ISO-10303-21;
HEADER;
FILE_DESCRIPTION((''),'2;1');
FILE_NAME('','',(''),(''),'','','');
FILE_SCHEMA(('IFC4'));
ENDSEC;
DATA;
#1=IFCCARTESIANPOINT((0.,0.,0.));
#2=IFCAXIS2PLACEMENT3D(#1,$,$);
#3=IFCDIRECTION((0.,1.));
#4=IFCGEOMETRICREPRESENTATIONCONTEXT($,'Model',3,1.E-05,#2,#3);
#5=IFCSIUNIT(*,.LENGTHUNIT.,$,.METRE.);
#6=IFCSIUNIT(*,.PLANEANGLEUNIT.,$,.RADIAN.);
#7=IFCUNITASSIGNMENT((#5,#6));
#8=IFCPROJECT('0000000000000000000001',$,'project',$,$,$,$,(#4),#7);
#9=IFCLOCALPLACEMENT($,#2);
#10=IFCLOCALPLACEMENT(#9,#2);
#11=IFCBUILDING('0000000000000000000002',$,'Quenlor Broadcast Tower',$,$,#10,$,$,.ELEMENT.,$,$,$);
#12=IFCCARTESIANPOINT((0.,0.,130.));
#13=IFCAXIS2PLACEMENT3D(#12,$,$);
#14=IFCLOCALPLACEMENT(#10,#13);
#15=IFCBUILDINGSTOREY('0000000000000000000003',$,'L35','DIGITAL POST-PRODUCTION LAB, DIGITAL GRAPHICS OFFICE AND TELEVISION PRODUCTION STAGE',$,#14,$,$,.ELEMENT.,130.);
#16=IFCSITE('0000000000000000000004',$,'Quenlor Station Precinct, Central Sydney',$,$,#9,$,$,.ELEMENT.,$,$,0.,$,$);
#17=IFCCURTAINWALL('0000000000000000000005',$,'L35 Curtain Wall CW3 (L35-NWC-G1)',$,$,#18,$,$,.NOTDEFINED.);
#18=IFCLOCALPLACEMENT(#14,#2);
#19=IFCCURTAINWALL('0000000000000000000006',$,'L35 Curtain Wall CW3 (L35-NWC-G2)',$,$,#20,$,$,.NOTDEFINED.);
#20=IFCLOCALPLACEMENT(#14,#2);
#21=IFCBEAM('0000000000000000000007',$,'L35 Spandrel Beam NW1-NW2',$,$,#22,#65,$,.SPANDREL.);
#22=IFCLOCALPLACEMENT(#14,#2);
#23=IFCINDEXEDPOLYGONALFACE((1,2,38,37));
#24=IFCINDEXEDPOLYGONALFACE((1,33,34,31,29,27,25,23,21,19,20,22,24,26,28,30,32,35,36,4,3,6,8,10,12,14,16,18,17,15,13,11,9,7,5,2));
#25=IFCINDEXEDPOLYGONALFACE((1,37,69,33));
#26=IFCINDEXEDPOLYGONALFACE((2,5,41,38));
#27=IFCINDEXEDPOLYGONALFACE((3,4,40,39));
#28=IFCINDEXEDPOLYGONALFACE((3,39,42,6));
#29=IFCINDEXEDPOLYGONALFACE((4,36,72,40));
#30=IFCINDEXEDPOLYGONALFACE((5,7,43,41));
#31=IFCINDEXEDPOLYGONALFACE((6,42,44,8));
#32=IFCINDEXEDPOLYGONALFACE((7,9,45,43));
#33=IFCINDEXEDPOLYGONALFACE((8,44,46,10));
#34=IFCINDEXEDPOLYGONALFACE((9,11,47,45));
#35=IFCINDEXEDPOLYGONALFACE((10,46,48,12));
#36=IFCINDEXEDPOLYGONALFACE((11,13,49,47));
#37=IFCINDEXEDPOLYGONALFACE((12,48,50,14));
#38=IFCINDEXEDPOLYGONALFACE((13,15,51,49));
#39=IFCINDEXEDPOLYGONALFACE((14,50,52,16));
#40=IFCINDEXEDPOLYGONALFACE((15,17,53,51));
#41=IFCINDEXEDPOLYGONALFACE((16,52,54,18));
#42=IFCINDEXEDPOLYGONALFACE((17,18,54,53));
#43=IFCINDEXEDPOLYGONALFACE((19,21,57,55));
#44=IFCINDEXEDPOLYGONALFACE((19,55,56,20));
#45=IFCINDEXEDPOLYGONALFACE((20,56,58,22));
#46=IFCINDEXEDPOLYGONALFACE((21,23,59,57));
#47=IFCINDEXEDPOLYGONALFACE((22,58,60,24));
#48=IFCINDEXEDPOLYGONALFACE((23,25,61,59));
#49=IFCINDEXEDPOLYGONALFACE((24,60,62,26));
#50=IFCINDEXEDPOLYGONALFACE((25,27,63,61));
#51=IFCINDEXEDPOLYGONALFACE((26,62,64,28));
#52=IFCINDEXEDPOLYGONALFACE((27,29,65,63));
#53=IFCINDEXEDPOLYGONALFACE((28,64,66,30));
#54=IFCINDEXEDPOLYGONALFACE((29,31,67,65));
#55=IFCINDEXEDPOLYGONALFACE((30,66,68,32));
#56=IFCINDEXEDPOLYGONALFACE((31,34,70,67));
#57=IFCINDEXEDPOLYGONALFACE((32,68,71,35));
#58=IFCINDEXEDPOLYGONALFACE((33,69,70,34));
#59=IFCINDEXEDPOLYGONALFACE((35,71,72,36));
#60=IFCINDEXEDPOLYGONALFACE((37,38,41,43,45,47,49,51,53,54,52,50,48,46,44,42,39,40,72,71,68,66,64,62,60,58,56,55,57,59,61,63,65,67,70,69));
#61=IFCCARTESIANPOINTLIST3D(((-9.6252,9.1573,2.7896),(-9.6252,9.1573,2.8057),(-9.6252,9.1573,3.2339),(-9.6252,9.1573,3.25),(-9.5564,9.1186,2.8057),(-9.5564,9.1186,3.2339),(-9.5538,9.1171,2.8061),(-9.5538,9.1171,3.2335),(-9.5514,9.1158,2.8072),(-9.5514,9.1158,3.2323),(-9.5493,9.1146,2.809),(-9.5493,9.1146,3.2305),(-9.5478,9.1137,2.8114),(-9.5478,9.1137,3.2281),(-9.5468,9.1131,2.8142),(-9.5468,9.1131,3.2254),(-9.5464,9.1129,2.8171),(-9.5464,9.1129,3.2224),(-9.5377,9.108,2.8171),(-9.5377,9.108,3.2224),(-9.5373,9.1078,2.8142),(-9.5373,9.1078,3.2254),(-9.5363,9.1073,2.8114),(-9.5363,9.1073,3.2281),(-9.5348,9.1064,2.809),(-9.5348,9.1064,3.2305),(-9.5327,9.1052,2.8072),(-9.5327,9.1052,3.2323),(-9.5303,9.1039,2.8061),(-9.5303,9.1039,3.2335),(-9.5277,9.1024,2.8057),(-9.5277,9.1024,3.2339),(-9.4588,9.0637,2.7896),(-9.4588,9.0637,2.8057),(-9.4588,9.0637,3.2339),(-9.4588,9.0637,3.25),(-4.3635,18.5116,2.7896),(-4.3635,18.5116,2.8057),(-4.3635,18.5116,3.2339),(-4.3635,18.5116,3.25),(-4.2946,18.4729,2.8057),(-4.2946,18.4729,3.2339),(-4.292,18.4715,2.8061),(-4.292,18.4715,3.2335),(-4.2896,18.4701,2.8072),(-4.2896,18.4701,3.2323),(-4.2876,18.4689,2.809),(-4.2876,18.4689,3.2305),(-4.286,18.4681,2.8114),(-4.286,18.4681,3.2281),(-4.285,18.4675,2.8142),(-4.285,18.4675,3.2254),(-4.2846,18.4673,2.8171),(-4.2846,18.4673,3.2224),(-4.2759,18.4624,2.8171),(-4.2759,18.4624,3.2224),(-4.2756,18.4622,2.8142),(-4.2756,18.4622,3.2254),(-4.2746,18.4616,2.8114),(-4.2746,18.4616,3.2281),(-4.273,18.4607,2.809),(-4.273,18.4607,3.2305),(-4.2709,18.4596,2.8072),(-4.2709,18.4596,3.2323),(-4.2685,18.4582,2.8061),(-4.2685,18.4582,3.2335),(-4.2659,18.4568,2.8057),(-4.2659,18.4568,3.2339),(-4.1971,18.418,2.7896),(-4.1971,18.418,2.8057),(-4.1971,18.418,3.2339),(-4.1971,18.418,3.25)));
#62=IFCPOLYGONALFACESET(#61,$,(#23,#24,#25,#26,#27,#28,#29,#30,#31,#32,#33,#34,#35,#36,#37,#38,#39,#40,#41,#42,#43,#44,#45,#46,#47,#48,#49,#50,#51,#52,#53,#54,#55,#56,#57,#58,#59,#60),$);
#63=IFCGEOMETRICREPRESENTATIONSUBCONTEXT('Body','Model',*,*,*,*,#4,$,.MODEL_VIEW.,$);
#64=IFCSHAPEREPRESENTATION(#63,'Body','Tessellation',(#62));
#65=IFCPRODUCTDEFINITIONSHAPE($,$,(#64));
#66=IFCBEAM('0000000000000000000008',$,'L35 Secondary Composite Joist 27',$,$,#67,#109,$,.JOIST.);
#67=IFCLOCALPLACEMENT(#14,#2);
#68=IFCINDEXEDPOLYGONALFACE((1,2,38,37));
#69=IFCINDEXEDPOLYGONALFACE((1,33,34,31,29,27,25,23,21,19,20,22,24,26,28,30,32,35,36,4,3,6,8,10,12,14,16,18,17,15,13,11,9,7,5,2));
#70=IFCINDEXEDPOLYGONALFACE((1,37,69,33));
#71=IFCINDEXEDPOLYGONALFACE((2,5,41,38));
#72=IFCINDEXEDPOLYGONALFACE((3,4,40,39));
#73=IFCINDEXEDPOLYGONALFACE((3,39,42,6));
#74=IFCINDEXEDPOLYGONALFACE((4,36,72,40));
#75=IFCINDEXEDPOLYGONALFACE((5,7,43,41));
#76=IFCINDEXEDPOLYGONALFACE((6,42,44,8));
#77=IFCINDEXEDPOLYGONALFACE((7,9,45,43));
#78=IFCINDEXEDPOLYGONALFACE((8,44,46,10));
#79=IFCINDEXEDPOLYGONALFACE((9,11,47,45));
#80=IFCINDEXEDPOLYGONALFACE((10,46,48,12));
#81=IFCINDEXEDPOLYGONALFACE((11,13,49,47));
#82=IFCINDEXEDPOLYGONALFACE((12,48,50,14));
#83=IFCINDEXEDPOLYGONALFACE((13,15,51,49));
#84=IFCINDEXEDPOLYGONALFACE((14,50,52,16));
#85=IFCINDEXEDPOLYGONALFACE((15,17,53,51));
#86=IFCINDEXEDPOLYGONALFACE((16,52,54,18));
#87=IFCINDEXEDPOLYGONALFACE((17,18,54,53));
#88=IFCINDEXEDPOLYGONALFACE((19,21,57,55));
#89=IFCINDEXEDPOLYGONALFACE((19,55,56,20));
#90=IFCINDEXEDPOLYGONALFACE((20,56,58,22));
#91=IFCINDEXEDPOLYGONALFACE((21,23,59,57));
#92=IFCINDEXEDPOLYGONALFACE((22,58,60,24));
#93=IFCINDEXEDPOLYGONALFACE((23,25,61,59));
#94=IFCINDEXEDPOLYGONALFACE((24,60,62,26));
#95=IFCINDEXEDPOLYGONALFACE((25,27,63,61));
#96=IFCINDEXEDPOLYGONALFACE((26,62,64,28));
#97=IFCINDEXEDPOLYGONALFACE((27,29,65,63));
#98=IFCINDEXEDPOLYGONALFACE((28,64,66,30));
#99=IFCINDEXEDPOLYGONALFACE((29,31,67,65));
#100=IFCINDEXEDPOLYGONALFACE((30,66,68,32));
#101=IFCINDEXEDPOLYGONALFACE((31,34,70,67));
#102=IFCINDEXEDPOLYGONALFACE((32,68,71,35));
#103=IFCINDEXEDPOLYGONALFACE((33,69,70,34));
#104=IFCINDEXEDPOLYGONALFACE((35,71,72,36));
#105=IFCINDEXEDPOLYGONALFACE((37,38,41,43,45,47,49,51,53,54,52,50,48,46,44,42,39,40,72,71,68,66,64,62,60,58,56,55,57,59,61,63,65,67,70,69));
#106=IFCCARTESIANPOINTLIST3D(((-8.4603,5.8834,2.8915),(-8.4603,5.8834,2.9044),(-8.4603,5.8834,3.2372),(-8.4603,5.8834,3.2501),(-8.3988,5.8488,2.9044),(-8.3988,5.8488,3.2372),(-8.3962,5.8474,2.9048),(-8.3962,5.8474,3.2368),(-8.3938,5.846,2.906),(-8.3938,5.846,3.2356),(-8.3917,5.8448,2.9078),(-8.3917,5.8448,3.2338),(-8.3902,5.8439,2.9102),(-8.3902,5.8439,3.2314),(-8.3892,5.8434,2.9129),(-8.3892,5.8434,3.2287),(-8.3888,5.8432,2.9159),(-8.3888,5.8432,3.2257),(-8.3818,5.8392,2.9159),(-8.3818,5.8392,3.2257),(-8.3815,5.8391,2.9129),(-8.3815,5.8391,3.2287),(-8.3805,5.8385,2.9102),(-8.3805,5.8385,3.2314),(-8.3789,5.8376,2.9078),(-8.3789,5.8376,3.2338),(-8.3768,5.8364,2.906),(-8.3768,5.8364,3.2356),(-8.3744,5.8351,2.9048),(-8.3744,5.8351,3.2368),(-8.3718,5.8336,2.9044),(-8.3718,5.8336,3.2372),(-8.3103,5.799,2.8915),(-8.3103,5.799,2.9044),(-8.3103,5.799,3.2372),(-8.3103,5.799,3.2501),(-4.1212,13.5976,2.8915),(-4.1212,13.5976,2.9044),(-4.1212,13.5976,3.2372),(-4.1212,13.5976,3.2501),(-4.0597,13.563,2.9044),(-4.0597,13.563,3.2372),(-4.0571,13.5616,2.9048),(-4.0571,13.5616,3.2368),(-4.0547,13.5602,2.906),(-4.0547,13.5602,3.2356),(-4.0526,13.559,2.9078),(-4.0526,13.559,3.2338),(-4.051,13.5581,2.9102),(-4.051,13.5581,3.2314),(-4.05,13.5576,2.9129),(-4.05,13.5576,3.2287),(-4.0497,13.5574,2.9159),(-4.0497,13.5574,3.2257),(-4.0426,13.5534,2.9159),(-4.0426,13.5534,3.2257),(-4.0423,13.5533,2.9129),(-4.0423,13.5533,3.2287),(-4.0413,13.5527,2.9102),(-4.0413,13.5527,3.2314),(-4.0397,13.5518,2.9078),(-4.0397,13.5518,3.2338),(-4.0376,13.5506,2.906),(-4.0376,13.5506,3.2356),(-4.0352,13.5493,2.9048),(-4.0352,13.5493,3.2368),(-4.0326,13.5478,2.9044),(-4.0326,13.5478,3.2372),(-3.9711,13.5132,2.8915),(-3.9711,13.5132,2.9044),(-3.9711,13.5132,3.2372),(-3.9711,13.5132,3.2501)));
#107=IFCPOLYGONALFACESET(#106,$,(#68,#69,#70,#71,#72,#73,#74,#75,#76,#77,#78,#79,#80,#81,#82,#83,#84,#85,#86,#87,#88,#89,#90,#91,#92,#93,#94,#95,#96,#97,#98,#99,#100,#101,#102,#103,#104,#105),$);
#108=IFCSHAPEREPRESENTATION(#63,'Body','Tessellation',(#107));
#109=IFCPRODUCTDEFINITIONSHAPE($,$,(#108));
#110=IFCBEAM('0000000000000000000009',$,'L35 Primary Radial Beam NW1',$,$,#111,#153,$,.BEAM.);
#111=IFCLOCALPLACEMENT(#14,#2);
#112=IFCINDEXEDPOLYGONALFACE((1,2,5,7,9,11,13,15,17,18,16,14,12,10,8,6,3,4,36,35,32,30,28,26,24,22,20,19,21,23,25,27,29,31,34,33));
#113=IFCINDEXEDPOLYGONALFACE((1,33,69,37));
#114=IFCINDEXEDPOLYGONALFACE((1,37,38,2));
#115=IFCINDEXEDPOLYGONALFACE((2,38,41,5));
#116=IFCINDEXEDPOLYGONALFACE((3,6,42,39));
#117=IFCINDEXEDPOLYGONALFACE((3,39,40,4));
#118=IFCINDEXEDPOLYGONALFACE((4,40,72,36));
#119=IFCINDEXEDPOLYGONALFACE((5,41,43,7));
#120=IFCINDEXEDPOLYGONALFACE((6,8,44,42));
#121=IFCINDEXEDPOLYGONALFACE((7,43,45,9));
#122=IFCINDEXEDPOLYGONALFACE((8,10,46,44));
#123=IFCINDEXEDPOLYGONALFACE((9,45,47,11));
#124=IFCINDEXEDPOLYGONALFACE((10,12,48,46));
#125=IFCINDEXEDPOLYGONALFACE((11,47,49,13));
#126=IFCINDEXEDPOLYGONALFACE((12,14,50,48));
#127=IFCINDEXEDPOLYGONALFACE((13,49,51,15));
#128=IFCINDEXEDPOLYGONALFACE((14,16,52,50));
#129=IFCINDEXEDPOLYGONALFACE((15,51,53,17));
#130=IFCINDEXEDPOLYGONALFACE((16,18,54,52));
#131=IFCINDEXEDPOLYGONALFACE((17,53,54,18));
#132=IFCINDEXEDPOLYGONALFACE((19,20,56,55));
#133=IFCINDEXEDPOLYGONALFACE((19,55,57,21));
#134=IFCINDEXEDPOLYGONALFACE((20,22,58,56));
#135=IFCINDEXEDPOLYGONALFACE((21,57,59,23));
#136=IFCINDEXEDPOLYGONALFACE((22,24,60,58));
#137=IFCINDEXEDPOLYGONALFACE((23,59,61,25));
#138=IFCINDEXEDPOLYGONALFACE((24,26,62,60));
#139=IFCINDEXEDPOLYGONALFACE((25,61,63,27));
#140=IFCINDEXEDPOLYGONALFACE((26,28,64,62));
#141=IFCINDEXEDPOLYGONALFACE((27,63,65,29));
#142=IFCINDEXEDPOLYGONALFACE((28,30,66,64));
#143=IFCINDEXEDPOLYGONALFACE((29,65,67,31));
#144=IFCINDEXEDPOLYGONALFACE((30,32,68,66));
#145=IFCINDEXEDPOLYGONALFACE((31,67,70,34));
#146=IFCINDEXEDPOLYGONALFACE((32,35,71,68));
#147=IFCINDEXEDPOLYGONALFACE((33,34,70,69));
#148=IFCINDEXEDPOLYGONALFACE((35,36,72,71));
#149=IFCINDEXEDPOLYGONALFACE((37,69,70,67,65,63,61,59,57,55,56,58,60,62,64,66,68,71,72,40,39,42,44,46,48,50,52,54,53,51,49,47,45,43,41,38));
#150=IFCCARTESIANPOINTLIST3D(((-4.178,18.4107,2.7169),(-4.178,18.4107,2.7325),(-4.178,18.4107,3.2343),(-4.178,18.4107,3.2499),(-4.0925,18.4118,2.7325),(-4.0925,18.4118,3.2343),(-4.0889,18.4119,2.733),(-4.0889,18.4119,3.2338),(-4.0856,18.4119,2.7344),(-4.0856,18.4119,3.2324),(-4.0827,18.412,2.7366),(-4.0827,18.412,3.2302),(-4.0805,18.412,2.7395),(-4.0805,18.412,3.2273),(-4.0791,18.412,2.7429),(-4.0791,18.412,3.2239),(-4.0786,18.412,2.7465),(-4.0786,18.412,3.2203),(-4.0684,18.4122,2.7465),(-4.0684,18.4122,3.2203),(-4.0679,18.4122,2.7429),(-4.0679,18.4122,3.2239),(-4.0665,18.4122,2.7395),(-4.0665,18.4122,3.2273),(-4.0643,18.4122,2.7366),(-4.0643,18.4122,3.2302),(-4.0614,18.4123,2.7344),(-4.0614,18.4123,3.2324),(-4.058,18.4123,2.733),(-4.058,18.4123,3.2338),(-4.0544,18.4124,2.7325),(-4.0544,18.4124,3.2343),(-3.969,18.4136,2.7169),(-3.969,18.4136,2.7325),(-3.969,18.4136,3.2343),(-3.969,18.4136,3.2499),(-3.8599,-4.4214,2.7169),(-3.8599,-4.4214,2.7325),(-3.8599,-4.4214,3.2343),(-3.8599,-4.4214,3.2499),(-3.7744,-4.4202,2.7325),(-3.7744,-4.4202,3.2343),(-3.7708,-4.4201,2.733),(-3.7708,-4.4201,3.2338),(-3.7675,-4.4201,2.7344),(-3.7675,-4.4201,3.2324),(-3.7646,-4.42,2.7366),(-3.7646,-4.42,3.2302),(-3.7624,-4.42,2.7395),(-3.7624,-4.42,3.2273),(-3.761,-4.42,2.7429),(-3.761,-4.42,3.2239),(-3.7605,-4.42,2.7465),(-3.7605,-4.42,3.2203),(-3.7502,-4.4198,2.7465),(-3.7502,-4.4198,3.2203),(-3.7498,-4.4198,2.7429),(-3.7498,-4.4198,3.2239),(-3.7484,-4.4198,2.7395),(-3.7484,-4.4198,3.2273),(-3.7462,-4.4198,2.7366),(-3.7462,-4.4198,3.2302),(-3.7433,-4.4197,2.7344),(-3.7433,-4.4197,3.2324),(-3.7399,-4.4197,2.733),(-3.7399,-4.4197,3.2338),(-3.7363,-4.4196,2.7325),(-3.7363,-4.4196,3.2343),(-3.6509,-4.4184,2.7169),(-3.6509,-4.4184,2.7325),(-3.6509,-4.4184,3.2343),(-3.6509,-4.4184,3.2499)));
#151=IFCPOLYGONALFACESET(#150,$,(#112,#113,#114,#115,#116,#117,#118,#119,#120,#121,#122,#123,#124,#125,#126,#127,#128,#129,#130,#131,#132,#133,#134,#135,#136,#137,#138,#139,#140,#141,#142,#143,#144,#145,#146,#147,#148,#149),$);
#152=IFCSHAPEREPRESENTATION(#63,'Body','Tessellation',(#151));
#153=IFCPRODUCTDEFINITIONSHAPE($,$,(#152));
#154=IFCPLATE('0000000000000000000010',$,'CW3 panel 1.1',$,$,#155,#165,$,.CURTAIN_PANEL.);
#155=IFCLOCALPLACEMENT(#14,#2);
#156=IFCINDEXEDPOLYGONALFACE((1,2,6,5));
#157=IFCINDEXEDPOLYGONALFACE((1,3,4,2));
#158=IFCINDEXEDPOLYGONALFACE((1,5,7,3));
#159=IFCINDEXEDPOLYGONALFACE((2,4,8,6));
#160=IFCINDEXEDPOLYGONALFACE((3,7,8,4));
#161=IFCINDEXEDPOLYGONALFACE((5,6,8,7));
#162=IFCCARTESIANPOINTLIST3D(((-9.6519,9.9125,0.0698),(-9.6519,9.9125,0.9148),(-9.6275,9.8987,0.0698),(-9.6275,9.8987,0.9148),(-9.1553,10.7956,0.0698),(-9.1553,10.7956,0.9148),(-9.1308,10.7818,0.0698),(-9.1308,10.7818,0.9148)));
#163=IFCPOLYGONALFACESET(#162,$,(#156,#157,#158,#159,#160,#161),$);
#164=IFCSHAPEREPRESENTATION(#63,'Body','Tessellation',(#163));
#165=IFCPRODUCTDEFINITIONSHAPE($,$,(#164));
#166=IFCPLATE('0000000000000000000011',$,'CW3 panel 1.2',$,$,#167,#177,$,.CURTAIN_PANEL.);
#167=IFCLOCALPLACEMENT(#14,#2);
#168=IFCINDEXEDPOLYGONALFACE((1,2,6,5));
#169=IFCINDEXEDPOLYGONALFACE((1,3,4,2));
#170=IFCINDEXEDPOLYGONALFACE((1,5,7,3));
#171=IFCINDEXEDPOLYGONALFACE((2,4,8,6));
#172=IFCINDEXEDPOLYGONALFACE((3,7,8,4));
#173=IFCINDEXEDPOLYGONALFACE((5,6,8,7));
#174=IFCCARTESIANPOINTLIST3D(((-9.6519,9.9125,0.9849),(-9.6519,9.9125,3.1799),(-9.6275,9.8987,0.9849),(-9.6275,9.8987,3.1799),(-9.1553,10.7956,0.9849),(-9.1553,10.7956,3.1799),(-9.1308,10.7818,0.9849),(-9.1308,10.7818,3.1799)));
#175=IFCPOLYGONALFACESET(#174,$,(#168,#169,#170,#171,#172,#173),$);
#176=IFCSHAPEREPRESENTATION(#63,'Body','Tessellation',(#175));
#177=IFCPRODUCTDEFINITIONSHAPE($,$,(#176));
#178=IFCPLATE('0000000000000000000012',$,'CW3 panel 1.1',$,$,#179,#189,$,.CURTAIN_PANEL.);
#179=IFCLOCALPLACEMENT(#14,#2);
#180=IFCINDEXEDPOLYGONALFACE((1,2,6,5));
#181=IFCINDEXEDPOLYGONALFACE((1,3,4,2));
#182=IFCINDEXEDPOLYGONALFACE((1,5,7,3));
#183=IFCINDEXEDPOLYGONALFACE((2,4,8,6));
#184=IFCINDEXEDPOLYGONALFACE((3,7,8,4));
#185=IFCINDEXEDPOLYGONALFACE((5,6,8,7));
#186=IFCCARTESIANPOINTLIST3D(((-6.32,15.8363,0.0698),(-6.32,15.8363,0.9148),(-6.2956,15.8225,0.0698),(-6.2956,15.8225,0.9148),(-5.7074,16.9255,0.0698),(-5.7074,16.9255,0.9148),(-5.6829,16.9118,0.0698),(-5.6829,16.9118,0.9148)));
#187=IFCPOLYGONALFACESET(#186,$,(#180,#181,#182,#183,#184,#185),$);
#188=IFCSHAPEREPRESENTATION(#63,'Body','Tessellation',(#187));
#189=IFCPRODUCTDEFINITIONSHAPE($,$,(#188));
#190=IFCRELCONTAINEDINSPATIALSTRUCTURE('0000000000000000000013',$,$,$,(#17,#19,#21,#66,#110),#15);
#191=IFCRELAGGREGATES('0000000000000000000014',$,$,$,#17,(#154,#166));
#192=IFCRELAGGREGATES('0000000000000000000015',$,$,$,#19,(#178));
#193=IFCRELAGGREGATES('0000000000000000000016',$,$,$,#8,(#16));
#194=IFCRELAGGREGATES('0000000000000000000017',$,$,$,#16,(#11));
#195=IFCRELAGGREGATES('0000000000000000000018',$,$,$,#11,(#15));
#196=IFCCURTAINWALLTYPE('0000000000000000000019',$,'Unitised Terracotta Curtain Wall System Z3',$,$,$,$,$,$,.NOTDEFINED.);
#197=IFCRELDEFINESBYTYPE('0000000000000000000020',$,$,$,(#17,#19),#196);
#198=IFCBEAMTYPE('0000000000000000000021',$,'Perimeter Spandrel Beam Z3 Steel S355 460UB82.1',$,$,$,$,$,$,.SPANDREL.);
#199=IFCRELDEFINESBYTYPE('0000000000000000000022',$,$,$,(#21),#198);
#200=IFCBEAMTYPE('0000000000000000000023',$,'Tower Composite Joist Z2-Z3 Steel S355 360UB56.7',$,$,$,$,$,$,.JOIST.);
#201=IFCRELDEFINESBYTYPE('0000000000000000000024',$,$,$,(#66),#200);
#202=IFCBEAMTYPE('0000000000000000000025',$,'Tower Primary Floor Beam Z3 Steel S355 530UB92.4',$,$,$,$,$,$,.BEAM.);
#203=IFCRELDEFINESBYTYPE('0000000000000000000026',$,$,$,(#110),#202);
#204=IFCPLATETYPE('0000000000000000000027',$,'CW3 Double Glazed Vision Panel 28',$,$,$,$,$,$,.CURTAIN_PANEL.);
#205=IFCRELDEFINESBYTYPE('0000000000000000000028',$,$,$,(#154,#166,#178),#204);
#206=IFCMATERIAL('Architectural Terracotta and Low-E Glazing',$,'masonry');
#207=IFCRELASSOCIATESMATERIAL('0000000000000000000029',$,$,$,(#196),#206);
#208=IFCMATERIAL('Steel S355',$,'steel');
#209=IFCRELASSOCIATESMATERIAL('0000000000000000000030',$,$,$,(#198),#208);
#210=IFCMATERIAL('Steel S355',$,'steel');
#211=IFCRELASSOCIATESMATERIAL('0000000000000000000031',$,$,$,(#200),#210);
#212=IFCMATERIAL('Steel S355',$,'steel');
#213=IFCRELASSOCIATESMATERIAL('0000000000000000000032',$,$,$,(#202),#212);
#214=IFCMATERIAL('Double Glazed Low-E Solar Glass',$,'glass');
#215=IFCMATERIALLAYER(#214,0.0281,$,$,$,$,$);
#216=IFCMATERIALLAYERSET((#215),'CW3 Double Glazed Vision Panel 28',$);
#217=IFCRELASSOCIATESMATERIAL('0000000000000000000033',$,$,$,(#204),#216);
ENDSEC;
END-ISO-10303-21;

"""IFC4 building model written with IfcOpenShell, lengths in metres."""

from ifc_helpers import new_model, si_unit, direction, frame, origin, origin_2d, place, context, subcontext, project, spatial, rectangle, i_section, extrude, material, layer, layer_set, material_profile, profile_set, type_object, element, aggregate, save


model = new_model("IFC4")

# Units and contexts
model_context = context("Model", 3, precision=1e-05, world=origin(), true_north=direction((0.0, 1.0)))
body_context = subcontext(model_context, "Body", "Model", "MODEL_VIEW")
ifc_project = project(units=[si_unit("LENGTHUNIT", "METRE"), si_unit("PLANEANGLEUNIT", "RADIAN")], contexts=[model_context])

# Site, building, storey
site_placement = place(None, origin())
site = spatial("IfcSite", under=ifc_project, at=site_placement, Name="Quenlor Station Precinct, Central Sydney", CompositionType="ELEMENT", RefElevation=0.0)
building_placement = place(site_placement, origin())
building = spatial("IfcBuilding", under=site, at=building_placement, Name="Quenlor Broadcast Tower", CompositionType="ELEMENT")
storey_placement = place(building_placement, frame((0.0, 0.0, 130.0)))
storey = spatial("IfcBuildingStorey", under=building, at=storey_placement, Name="L35", Description="DIGITAL POST-PRODUCTION LAB, DIGITAL GRAPHICS OFFICE AND TELEVISION PRODUCTION STAGE", CompositionType="ELEMENT", Elevation=130.0)

# Curtain wall
ifc_material_1 = material(Name="Architectural Terracotta and Low-E Glazing", Category="masonry")
curtain_wall_type = type_object("IfcCurtainWallType", Name="Unitised Terracotta Curtain Wall System Z3", PredefinedType="NOTDEFINED", material=ifc_material_1)
curtain_wall_1_placement = place(storey_placement, origin())
curtain_wall_1 = element("IfcCurtainWall", 1, at=curtain_wall_1_placement, inside=storey, type_object=curtain_wall_type, Name="L35 Curtain Wall CW3 (L35-NWC-G1)", PredefinedType="NOTDEFINED")

# Curtain wall
curtain_wall_2_placement = place(storey_placement, origin())
curtain_wall_2 = element("IfcCurtainWall", 2, at=curtain_wall_2_placement, inside=storey, type_object=curtain_wall_type, Name="L35 Curtain Wall CW3 (L35-NWC-G2)", PredefinedType="NOTDEFINED")

# Beams
ifc_material_2 = material(Name="Steel S355", Category="steel")
ifc_material_profile_1 = material_profile(ifc_material_2, i_section(OverallWidth=0.1909, OverallDepth=0.4604, WebThickness=0.01, FlangeThickness=0.0161, FilletRadius=0.0115, at=origin_2d()))
ifc_profile_set_1 = profile_set([ifc_material_profile_1], Name="Steel S355 460UB82.1")
beam_type_1 = type_object("IfcBeamType", Name="Perimeter Spandrel Beam Z3 Steel S355 460UB82.1", PredefinedType="SPANDREL", material=ifc_profile_set_1)
beam_1_placement = place(storey_placement, frame((-4.2803, 18.4648, 3.0198), z_axis=(-0.490258, -0.871577, 0.0), x_axis=(0.871577, -0.490258, 0.0)))
element("IfcBeam", 3, at=beam_1_placement, inside=storey, type_object=beam_type_1, Name="L35 Spandrel Beam NW1-NW2", PredefinedType="SPANDREL", context=body_context, shape_type="SweptSolid", body=[
    extrude(i_section(OverallWidth=0.1909, OverallDepth=0.4604, WebThickness=0.01, FlangeThickness=0.0161, FilletRadius=0.0115, at=origin_2d()), origin(), (0.0, 0.0, 1.0), 10.7327),
])
ifc_material_3 = material(Name="Steel S355", Category="steel")
ifc_material_profile_2 = material_profile(ifc_material_3, i_section(OverallWidth=0.1721, OverallDepth=0.3586, WebThickness=0.0081, FlangeThickness=0.0129, FilletRadius=0.0115, at=origin_2d()))
ifc_profile_set_2 = profile_set([ifc_material_profile_2], Name="Steel S355 360UB56.7")
beam_type_2 = type_object("IfcBeamType", Name="Tower Composite Joist Z2-Z3 Steel S355 360UB56.7", PredefinedType="JOIST", material=ifc_profile_set_2)
beam_2_placement = place(storey_placement, frame((-4.0461, 13.5554, 3.0708), z_axis=(-0.490255, -0.871579, 0.0), x_axis=(0.871579, -0.490255, 0.0)))
element("IfcBeam", 4, at=beam_2_placement, inside=storey, type_object=beam_type_2, Name="L35 Secondary Composite Joist 27", PredefinedType="JOIST", context=body_context, shape_type="SweptSolid", body=[
    extrude(i_section(OverallWidth=0.1721, OverallDepth=0.3586, WebThickness=0.0081, FlangeThickness=0.0129, FilletRadius=0.0115, at=origin_2d()), origin(), (0.0, 0.0, 1.0), 8.8508),
])
ifc_material_4 = material(Name="Steel S355", Category="steel")
ifc_material_profile_3 = material_profile(ifc_material_4, i_section(OverallWidth=0.209, OverallDepth=0.533, WebThickness=0.0103, FlangeThickness=0.0156, FilletRadius=0.0139, at=origin_2d()))
ifc_profile_set_3 = profile_set([ifc_material_profile_3], Name="Steel S355 530UB92.4")
beam_type_3 = type_object("IfcBeamType", Name="Tower Primary Floor Beam Z3 Steel S355 530UB92.4", PredefinedType="BEAM", material=ifc_profile_set_3)
beam_3_placement = place(storey_placement, frame((-4.0735, 18.4121, 2.9834), z_axis=(0.013931, -0.999903, 0.0), x_axis=(0.999903, 0.013931, 0.0)))
element("IfcBeam", 5, at=beam_3_placement, inside=storey, type_object=beam_type_3, Name="L35 Primary Radial Beam NW1", PredefinedType="BEAM", context=body_context, shape_type="SweptSolid", body=[
    extrude(i_section(OverallWidth=0.209, OverallDepth=0.533, WebThickness=0.0103, FlangeThickness=0.0156, FilletRadius=0.0139, at=origin_2d()), origin(), (0.0, 0.0, 1.0), 22.8342),
])

# Plates
ifc_material_5 = material(Name="Double Glazed Low-E Solar Glass", Category="glass")
ifc_layer_1 = layer(ifc_material_5, 0.0281)
ifc_layer_set_1 = layer_set([ifc_layer_1], Name="CW3 Double Glazed Vision Panel 28")
plate_type_1 = type_object("IfcPlateType", Name="CW3 Double Glazed Vision Panel 28", PredefinedType="CURTAIN_PANEL", material=ifc_layer_set_1)
plate_1_placement = place(storey_placement, frame((-9.3914, 10.3472, 0.0698), z_axis=(0.0, 0.0, 1.0), x_axis=(0.490216, 0.871601, 0.0)))
plate_1 = element("IfcPlate", 6, at=plate_1_placement, type_object=plate_type_1, Name="CW3 panel 1.1", PredefinedType="CURTAIN_PANEL", context=body_context, shape_type="SweptSolid", body=[
    extrude(rectangle(XDim=1.0132, YDim=0.0281, at=origin_2d()), origin(), (0.0, 0.0, 1.0), 0.845),
])
plate_2_placement = place(storey_placement, frame((-9.3914, 10.3472, 0.9849), z_axis=(0.0, 0.0, 1.0), x_axis=(0.490216, 0.871601, 0.0)))
plate_2 = element("IfcPlate", 7, at=plate_2_placement, type_object=plate_type_1, Name="CW3 panel 1.2", PredefinedType="CURTAIN_PANEL", context=body_context, shape_type="SweptSolid", body=[
    extrude(rectangle(XDim=1.0132, YDim=0.0281, at=origin_2d()), origin(), (0.0, 0.0, 1.0), 2.1951),
])
aggregate(curtain_wall_1, [plate_1, plate_2])
plate_3_placement = place(storey_placement, frame((-6.0015, 16.374, 0.0698), z_axis=(0.0, 0.0, 1.0), x_axis=(0.49023, 0.871593, 0.0)))
plate_3 = element("IfcPlate", 8, at=plate_3_placement, type_object=plate_type_1, Name="CW3 panel 1.1", PredefinedType="CURTAIN_PANEL", context=body_context, shape_type="SweptSolid", body=[
    extrude(rectangle(XDim=1.2498, YDim=0.0281, at=origin_2d()), origin(), (0.0, 0.0, 1.0), 0.845),
])
aggregate(curtain_wall_2, [plate_3])

save(model, "model.ifc")
